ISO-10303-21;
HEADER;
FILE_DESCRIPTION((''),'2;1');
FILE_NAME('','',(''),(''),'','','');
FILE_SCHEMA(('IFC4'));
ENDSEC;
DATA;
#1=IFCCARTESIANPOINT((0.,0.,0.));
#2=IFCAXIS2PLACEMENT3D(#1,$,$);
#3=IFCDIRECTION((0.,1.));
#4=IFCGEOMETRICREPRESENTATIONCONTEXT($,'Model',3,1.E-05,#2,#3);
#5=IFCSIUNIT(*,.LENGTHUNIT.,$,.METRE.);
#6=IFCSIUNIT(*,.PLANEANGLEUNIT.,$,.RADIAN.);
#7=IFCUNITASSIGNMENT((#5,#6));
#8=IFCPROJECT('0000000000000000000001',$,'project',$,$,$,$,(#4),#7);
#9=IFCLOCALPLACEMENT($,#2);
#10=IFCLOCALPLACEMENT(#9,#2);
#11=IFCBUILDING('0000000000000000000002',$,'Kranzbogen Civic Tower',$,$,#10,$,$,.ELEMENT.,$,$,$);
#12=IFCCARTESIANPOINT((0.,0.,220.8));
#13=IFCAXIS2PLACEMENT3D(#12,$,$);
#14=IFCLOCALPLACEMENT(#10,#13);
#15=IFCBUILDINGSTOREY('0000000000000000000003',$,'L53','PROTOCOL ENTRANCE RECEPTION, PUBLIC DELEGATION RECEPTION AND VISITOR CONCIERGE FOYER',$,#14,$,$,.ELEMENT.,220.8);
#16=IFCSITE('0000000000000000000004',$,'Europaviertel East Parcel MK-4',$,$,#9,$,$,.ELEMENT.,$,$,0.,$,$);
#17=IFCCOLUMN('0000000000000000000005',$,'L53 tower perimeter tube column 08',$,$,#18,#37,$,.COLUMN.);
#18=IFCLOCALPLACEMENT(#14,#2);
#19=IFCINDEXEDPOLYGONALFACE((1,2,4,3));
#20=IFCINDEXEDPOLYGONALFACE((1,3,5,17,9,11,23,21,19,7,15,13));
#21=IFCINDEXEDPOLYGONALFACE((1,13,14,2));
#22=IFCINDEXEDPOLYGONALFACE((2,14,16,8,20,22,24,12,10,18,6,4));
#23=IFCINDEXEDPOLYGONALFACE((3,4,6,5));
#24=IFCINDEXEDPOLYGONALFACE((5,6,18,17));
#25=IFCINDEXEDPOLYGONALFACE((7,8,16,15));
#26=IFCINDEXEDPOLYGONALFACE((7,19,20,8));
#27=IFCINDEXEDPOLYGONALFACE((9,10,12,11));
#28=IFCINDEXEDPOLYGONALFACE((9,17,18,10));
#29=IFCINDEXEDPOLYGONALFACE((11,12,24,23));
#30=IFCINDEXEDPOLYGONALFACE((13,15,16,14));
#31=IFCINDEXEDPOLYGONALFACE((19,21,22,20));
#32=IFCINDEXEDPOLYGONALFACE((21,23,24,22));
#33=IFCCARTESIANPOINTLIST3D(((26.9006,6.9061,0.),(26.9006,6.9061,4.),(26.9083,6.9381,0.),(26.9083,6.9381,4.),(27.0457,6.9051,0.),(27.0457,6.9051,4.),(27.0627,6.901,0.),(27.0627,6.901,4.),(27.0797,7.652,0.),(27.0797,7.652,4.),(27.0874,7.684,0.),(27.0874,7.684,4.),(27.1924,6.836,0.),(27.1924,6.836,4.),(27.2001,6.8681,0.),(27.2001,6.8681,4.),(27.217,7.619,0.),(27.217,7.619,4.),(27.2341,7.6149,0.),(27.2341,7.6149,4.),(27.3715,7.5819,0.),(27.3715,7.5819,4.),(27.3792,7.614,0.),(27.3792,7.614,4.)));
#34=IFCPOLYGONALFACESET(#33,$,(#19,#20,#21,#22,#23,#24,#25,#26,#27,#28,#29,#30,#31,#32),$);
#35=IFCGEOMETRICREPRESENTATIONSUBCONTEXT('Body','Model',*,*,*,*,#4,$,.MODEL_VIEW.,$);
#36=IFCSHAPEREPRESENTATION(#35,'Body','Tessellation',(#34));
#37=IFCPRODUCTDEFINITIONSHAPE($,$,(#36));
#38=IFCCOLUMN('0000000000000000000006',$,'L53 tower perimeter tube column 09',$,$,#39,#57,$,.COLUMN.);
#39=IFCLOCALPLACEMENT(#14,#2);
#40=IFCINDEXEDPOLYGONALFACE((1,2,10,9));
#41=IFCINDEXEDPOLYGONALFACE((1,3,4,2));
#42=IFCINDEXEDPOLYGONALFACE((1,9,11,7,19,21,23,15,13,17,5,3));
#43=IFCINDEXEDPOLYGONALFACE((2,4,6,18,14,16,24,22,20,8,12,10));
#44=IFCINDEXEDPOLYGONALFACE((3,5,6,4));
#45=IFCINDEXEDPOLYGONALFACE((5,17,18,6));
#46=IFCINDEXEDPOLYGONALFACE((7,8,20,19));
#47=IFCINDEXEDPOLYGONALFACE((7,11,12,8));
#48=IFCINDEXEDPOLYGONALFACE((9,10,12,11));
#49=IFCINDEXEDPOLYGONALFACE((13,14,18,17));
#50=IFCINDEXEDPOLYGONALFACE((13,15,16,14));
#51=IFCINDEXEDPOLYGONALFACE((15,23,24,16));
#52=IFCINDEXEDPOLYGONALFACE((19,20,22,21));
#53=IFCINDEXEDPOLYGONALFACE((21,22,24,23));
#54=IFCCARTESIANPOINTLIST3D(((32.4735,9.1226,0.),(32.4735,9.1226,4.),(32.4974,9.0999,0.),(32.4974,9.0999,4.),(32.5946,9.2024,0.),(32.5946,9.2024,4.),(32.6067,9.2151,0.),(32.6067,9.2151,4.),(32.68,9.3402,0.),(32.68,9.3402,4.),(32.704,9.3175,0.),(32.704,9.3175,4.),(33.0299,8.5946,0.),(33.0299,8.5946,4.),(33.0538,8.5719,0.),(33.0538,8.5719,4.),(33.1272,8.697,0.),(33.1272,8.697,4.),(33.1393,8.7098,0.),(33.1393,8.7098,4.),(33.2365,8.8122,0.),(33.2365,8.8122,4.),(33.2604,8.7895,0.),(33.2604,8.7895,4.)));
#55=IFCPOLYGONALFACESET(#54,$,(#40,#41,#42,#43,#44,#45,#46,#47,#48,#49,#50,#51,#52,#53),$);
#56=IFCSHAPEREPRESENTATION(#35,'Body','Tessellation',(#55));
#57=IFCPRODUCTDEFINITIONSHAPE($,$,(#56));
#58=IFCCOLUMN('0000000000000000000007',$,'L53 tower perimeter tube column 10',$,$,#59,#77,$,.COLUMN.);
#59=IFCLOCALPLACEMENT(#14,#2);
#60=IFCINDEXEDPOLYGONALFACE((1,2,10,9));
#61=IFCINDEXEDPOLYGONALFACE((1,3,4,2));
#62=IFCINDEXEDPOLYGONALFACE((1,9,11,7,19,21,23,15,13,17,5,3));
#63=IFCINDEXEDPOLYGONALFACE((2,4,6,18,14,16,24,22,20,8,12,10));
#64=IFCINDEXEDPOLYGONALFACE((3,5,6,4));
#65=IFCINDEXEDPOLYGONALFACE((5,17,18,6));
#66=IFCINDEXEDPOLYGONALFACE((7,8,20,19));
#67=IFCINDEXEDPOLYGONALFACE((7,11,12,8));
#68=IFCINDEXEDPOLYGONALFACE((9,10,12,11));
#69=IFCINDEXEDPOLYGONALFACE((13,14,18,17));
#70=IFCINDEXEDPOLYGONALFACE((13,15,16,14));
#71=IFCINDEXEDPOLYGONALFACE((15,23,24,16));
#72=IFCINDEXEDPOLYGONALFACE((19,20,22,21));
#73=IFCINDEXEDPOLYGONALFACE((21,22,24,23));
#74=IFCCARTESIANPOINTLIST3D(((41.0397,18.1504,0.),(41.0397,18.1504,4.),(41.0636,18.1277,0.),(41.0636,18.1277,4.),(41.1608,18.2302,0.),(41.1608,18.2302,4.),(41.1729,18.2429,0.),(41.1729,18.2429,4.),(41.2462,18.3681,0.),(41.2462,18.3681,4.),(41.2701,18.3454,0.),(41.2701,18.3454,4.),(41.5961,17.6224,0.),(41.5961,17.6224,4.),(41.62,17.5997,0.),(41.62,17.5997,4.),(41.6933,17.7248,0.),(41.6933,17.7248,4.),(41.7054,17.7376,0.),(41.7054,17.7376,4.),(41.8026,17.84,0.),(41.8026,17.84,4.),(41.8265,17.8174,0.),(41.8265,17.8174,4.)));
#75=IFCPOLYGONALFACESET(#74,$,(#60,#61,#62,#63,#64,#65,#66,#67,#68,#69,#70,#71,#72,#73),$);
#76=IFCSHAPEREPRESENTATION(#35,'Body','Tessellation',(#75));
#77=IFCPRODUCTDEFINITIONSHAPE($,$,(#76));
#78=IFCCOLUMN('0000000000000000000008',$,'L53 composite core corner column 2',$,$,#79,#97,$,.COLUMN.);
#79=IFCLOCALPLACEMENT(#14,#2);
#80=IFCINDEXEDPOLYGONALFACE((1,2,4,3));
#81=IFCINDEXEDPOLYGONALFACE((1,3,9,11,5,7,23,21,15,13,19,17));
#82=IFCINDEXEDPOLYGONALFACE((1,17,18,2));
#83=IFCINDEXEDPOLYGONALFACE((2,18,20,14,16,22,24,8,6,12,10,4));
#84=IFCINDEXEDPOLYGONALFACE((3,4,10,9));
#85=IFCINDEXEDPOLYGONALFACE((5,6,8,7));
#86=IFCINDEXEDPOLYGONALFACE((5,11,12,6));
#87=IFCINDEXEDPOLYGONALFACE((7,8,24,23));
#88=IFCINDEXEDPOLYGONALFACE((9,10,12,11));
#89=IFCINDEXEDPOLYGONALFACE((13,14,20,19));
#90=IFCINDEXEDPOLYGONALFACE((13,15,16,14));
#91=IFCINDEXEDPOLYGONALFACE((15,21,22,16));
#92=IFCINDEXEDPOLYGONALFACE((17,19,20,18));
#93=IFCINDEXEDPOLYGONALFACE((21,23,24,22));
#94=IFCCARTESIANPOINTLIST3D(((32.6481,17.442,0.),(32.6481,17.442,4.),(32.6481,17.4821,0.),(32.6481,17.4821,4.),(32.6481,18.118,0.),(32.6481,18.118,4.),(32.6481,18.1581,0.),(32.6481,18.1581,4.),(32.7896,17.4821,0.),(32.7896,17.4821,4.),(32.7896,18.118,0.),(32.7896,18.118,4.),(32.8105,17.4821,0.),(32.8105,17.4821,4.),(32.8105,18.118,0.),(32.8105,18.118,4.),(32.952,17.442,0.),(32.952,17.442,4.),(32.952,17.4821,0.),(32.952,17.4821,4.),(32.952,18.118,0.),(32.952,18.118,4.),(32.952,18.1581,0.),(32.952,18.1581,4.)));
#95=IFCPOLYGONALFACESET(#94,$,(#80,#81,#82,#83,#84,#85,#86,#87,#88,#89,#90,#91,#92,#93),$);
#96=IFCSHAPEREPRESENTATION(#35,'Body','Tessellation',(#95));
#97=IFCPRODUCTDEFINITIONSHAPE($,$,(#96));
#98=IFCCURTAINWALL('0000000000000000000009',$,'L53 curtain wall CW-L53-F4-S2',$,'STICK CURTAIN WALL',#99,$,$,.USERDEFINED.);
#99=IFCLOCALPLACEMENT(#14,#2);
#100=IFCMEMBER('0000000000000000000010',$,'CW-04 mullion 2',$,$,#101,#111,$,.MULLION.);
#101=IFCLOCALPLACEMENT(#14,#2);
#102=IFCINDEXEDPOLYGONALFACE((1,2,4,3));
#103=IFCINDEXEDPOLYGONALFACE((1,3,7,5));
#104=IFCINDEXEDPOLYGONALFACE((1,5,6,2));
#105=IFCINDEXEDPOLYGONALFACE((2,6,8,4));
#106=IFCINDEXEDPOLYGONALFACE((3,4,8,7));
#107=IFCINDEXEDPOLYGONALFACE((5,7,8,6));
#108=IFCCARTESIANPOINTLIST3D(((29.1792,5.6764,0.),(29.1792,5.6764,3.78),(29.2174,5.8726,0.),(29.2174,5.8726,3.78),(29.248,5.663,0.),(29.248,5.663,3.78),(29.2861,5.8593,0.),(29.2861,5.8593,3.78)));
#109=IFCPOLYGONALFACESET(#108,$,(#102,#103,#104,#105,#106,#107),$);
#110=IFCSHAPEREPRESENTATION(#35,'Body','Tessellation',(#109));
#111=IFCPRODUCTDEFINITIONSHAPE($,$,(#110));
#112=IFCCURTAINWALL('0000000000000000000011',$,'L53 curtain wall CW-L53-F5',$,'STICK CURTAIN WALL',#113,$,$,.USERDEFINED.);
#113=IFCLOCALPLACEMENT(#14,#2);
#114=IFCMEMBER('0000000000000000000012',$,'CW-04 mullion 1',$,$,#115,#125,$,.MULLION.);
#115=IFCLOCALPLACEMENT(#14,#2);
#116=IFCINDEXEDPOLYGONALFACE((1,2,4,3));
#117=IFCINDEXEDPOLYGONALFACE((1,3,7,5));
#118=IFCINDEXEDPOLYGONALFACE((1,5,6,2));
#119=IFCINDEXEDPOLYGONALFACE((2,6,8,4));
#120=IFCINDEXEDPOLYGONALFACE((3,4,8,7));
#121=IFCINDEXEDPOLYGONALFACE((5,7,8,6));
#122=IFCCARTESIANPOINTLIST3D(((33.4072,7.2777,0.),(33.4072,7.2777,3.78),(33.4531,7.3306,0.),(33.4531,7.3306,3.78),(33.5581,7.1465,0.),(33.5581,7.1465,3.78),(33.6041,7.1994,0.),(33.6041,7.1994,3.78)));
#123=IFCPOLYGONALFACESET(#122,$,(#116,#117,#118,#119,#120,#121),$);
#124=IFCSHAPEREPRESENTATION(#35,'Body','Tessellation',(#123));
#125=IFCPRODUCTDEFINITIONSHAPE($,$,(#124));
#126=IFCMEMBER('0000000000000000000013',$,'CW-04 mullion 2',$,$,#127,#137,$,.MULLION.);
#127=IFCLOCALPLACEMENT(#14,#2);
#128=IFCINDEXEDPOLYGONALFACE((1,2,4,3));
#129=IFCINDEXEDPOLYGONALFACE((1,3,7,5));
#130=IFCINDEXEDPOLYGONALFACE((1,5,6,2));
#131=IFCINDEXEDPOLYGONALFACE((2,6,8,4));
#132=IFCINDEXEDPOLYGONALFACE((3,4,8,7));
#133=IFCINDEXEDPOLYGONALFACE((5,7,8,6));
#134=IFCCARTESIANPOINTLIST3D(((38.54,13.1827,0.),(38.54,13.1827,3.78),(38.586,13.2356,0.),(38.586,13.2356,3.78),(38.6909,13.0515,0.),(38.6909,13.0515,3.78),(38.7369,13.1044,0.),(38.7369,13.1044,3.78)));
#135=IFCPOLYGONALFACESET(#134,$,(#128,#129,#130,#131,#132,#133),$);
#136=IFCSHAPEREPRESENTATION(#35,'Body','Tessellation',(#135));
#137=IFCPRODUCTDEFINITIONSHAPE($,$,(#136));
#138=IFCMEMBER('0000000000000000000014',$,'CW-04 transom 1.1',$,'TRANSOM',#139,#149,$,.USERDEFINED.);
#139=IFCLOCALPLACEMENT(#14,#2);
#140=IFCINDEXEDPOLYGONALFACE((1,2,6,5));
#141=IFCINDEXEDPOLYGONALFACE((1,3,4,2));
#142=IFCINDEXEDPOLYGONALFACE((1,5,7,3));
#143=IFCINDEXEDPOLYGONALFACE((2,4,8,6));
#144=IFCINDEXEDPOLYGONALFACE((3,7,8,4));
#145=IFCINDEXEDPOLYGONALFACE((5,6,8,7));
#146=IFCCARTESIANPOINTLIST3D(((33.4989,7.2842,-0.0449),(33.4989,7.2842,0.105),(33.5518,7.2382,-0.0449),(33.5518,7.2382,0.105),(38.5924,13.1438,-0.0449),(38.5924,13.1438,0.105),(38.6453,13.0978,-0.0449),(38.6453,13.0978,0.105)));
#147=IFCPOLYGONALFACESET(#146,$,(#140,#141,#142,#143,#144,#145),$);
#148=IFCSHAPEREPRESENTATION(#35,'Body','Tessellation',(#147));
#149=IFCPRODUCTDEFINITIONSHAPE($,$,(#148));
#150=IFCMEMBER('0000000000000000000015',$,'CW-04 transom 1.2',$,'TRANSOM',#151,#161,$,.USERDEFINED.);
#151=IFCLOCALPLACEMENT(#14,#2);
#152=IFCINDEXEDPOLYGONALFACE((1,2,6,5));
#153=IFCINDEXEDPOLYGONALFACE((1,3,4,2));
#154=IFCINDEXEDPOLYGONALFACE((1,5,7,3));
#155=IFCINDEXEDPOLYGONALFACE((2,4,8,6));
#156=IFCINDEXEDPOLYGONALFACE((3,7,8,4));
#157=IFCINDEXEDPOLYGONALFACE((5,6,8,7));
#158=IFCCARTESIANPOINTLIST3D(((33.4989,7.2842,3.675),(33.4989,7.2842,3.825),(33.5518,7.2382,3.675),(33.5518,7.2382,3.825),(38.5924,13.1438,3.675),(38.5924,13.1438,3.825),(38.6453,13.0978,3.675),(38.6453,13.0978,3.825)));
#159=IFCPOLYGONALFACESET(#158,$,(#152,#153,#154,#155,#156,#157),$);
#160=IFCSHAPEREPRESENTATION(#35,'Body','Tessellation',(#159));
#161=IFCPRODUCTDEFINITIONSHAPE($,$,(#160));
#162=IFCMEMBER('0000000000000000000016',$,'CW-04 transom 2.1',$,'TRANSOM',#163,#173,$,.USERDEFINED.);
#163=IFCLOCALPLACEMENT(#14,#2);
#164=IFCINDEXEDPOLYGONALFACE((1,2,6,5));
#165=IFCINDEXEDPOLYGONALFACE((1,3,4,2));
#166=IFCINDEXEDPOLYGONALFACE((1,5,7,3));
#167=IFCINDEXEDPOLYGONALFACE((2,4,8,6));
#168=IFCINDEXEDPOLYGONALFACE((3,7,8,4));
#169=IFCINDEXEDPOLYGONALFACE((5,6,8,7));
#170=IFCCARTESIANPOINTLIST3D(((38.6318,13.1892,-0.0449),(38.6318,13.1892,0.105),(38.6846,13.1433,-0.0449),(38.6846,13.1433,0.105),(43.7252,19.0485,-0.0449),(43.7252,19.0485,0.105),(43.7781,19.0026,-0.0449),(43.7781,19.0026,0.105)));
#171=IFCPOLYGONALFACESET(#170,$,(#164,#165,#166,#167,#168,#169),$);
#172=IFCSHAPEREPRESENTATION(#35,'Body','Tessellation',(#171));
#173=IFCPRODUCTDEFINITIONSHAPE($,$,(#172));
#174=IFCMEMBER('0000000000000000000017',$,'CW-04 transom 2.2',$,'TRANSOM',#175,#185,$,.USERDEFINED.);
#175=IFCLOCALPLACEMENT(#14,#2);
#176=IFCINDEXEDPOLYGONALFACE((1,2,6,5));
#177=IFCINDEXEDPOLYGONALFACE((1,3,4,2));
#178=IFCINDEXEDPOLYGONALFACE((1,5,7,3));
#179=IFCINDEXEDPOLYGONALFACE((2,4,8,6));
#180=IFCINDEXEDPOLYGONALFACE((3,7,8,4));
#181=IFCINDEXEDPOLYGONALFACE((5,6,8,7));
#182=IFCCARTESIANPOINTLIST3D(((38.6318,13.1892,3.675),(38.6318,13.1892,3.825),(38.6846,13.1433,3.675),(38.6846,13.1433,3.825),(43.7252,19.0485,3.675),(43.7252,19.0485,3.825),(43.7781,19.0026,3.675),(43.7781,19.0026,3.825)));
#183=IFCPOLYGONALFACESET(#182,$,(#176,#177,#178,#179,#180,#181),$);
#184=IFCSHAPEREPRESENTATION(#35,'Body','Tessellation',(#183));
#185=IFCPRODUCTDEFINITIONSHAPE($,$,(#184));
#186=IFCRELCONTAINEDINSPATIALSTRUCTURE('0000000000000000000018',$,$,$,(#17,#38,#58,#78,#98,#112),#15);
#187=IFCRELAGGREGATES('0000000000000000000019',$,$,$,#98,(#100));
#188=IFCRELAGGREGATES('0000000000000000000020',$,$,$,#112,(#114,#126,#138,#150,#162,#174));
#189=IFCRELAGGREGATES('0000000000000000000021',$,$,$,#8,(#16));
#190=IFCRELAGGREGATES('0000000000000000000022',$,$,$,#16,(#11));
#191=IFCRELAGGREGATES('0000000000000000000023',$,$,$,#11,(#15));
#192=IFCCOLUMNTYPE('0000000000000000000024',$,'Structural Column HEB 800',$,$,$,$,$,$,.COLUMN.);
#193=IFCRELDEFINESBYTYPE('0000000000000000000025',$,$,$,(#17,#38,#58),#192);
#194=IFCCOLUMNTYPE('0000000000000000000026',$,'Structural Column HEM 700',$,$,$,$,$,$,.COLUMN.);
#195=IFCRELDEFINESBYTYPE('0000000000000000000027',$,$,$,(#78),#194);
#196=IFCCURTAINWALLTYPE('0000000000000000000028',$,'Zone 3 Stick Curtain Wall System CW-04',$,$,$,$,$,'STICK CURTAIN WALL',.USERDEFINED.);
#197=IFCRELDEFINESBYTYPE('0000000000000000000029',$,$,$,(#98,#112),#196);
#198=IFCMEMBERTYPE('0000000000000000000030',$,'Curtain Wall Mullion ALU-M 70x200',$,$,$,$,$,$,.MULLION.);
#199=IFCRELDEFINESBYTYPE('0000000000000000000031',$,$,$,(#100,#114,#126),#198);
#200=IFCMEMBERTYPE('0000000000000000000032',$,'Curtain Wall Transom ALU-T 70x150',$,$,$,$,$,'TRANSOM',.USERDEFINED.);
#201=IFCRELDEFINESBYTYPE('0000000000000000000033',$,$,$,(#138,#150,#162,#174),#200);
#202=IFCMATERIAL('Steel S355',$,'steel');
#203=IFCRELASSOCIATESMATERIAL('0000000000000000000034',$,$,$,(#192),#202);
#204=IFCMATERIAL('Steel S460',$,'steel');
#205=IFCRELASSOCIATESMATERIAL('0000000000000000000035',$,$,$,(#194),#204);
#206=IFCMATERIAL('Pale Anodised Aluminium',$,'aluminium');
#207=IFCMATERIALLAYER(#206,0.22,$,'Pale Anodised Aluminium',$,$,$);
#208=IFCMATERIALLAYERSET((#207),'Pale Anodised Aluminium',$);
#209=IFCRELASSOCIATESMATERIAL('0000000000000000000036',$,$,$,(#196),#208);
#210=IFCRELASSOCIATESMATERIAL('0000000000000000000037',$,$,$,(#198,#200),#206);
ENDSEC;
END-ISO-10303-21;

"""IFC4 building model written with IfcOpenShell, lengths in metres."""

from ifc_helpers import new_model, si_unit, direction, frame, origin, origin_2d, place, context, subcontext, project, spatial, rectangle, i_section, extrude, material, layer, layer_set, material_profile, profile_set, type_object, element, aggregate, save


model = new_model("IFC4")

# Units and contexts
model_context = context("Model", 3, precision=1e-05, world=origin(), true_north=direction((0.0, 1.0)))
body_context = subcontext(model_context, "Body", "Model", "MODEL_VIEW")
ifc_project = project(units=[si_unit("LENGTHUNIT", "METRE"), si_unit("PLANEANGLEUNIT", "RADIAN")], contexts=[model_context])

# Site, building, storey
site_placement = place(None, origin())
site = spatial("IfcSite", under=ifc_project, at=site_placement, Name="Europaviertel East Parcel MK-4", CompositionType="ELEMENT", RefElevation=0.0)
building_placement = place(site_placement, origin())
building = spatial("IfcBuilding", under=site, at=building_placement, Name="Kranzbogen Civic Tower", CompositionType="ELEMENT")
storey_placement = place(building_placement, frame((0.0, 0.0, 220.8)))
storey = spatial("IfcBuildingStorey", under=building, at=storey_placement, Name="L53", Description="PROTOCOL ENTRANCE RECEPTION, PUBLIC DELEGATION RECEPTION AND VISITOR CONCIERGE FOYER", CompositionType="ELEMENT", Elevation=220.8)

# Columns
ifc_material_1 = material(Name="Steel S355", Category="steel")
ifc_material_profile_1 = material_profile(ifc_material_1, i_section(OverallWidth=0.3, OverallDepth=0.8, WebThickness=0.0176, FlangeThickness=0.033, at=origin_2d()), Name="HEB 800")
ifc_profile_set_1 = profile_set([ifc_material_profile_1], Name="Steel S355")
column_type_1 = type_object("IfcColumnType", Name="Structural Column HEB 800", PredefinedType="COLUMN", material=ifc_profile_set_1)
for number, where, z_axis, x_axis, name in (
    (1, (27.1399, 7.26, 0.0), (0.0, 0.0, 1.0), (-0.97237, 0.233445, 0.0), "L53 tower perimeter tube column 08"),
    (2, (32.8669, 8.9561, 0.0), (0.0, 0.0, 1.0), (0.688355, 0.725374, 0.0), "L53 tower perimeter tube column 09"),
    (3, (41.4331, 17.9839, 0.0), (0.0, 0.0, 1.0), (0.688355, 0.725374, 0.0), "L53 tower perimeter tube column 10"),
):
    element("IfcColumn", number, at=place(storey_placement, frame(where, z_axis=z_axis, x_axis=x_axis)), inside=storey, type_object=column_type_1, Name=name, PredefinedType="COLUMN", context=body_context, shape_type="SweptSolid", body=[
        extrude(i_section(OverallWidth=0.3, OverallDepth=0.8, WebThickness=0.0176, FlangeThickness=0.033, at=origin_2d()), origin(), (0.0, 0.0, 1.0), 4.0),
    ])
ifc_material_2 = material(Name="Steel S460", Category="steel")
ifc_material_profile_2 = material_profile(ifc_material_2, i_section(OverallWidth=0.304, OverallDepth=0.7161, WebThickness=0.021, FlangeThickness=0.04, at=origin_2d()), Name="HEM 700")
ifc_profile_set_2 = profile_set([ifc_material_profile_2], Name="Steel S460")
column_type_2 = type_object("IfcColumnType", Name="Structural Column HEM 700", PredefinedType="COLUMN", material=ifc_profile_set_2)
column_placement = place(storey_placement, frame((32.8, 17.8, 0.0), z_axis=(0.0, 0.0, 1.0), x_axis=(1.0, 0.0, 0.0)))
element("IfcColumn", 4, at=column_placement, inside=storey, type_object=column_type_2, Name="L53 composite core corner column 2", PredefinedType="COLUMN", context=body_context, shape_type="SweptSolid", body=[
    extrude(i_section(OverallWidth=0.304, OverallDepth=0.7161, WebThickness=0.021, FlangeThickness=0.04, at=origin_2d()), origin(), (0.0, 0.0, 1.0), 4.0),
])

# Curtain wall, member
ifc_material_3 = material(Name="Pale Anodised Aluminium", Category="aluminium")
ifc_layer_1 = layer(ifc_material_3, 0.22, Name="Pale Anodised Aluminium")
ifc_layer_set_1 = layer_set([ifc_layer_1], Name="Pale Anodised Aluminium")
curtain_wall_type = type_object("IfcCurtainWallType", Name="Zone 3 Stick Curtain Wall System CW-04", ElementType="STICK CURTAIN WALL", PredefinedType="USERDEFINED", material=ifc_layer_set_1)
curtain_wall_1_placement = place(storey_placement, origin())
curtain_wall_1 = element("IfcCurtainWall", 5, at=curtain_wall_1_placement, inside=storey, type_object=curtain_wall_type, Name="L53 curtain wall CW-L53-F4-S2", ObjectType="STICK CURTAIN WALL", PredefinedType="USERDEFINED")
ifc_material_profile_3 = material_profile(ifc_material_3, rectangle(XDim=0.0701, YDim=0.2, at=origin_2d()), Name="ALU-M 70x200")
ifc_profile_set_3 = profile_set([ifc_material_profile_3], Name="Pale Anodised Aluminium")
member_type_1 = type_object("IfcMemberType", Name="Curtain Wall Mullion ALU-M 70x200", PredefinedType="MULLION", material=ifc_profile_set_3)
member_1_placement = place(storey_placement, frame((29.2327, 5.7678, 0.0), z_axis=(0.0, 0.0, 1.0), x_axis=(0.981624, -0.190825, 0.0)))
member_1 = element("IfcMember", 6, at=member_1_placement, type_object=member_type_1, Name="CW-04 mullion 2", PredefinedType="MULLION", context=body_context, shape_type="SweptSolid", body=[
    extrude(rectangle(XDim=0.0701, YDim=0.2, at=origin_2d()), origin(), (0.0, 0.0, 1.0), 3.78),
])

# Curtain wall, members
curtain_wall_2_placement = place(storey_placement, origin())
curtain_wall_2 = element("IfcCurtainWall", 7, at=curtain_wall_2_placement, inside=storey, type_object=curtain_wall_type, Name="L53 curtain wall CW-L53-F5", ObjectType="STICK CURTAIN WALL", PredefinedType="USERDEFINED")
member_2_placement = place(storey_placement, frame((33.5056, 7.2385, 0.0), z_axis=(0.0, 0.0, 1.0), x_axis=(0.656045, 0.754722, 0.0)))
member_2 = element("IfcMember", 8, at=member_2_placement, type_object=member_type_1, Name="CW-04 mullion 1", PredefinedType="MULLION", context=body_context, shape_type="SweptSolid", body=[
    extrude(rectangle(XDim=0.0701, YDim=0.2, at=origin_2d()), origin(), (0.0, 0.0, 1.0), 3.78),
])
member_3_placement = place(storey_placement, frame((38.6384, 13.1436, 0.0), z_axis=(0.0, 0.0, 1.0), x_axis=(0.656045, 0.754722, 0.0)))
member_3 = element("IfcMember", 9, at=member_3_placement, type_object=member_type_1, Name="CW-04 mullion 2", PredefinedType="MULLION", context=body_context, shape_type="SweptSolid", body=[
    extrude(rectangle(XDim=0.0701, YDim=0.2, at=origin_2d()), origin(), (0.0, 0.0, 1.0), 3.78),
])
ifc_material_profile_4 = material_profile(ifc_material_3, rectangle(XDim=0.0701, YDim=0.1499, at=origin_2d()), Name="ALU-T 70x150")
ifc_profile_set_4 = profile_set([ifc_material_profile_4], Name="Pale Anodised Aluminium")
member_type_2 = type_object("IfcMemberType", Name="Curtain Wall Transom ALU-T 70x150", ElementType="TRANSOM", PredefinedType="USERDEFINED", material=ifc_profile_set_4)
member_4_placement = place(storey_placement, frame((33.5254, 7.2612, 0.03), z_axis=(0.656046, 0.754721, 0.0), x_axis=(-0.754721, 0.656046, 0.0)))
member_4 = element("IfcMember", 10, at=member_4_placement, type_object=member_type_2, Name="CW-04 transom 1.1", ObjectType="TRANSOM", PredefinedType="USERDEFINED", context=body_context, shape_type="SweptSolid", body=[
    extrude(rectangle(XDim=0.0701, YDim=0.1499, at=origin_2d()), origin(), (0.0, 0.0, 1.0), 7.7639),
])
member_5_placement = place(storey_placement, frame((33.5254, 7.2612, 3.75), z_axis=(0.656046, 0.754721, 0.0), x_axis=(-0.754721, 0.656046, 0.0)))
member_5 = element("IfcMember", 11, at=member_5_placement, type_object=member_type_2, Name="CW-04 transom 1.2", ObjectType="TRANSOM", PredefinedType="USERDEFINED", context=body_context, shape_type="SweptSolid", body=[
    extrude(rectangle(XDim=0.0701, YDim=0.1499, at=origin_2d()), origin(), (0.0, 0.0, 1.0), 7.7639),
])
member_6_placement = place(storey_placement, frame((38.6582, 13.1663, 0.03), z_axis=(0.656061, 0.754708, 0.0), x_axis=(-0.754708, 0.656061, 0.0)))
member_6 = element("IfcMember", 12, at=member_6_placement, type_object=member_type_2, Name="CW-04 transom 2.1", ObjectType="TRANSOM", PredefinedType="USERDEFINED", context=body_context, shape_type="SweptSolid", body=[
    extrude(rectangle(XDim=0.0701, YDim=0.1499, at=origin_2d()), origin(), (0.0, 0.0, 1.0), 7.7637),
])
member_7_placement = place(storey_placement, frame((38.6582, 13.1663, 3.75), z_axis=(0.656061, 0.754708, 0.0), x_axis=(-0.754708, 0.656061, 0.0)))
member_7 = element("IfcMember", 13, at=member_7_placement, type_object=member_type_2, Name="CW-04 transom 2.2", ObjectType="TRANSOM", PredefinedType="USERDEFINED", context=body_context, shape_type="SweptSolid", body=[
    extrude(rectangle(XDim=0.0701, YDim=0.1499, at=origin_2d()), origin(), (0.0, 0.0, 1.0), 7.7637),
])

aggregate(curtain_wall_1, [member_1])
aggregate(curtain_wall_2, [member_2, member_3, member_4, member_5, member_6, member_7])

save(model, "model.ifc")
